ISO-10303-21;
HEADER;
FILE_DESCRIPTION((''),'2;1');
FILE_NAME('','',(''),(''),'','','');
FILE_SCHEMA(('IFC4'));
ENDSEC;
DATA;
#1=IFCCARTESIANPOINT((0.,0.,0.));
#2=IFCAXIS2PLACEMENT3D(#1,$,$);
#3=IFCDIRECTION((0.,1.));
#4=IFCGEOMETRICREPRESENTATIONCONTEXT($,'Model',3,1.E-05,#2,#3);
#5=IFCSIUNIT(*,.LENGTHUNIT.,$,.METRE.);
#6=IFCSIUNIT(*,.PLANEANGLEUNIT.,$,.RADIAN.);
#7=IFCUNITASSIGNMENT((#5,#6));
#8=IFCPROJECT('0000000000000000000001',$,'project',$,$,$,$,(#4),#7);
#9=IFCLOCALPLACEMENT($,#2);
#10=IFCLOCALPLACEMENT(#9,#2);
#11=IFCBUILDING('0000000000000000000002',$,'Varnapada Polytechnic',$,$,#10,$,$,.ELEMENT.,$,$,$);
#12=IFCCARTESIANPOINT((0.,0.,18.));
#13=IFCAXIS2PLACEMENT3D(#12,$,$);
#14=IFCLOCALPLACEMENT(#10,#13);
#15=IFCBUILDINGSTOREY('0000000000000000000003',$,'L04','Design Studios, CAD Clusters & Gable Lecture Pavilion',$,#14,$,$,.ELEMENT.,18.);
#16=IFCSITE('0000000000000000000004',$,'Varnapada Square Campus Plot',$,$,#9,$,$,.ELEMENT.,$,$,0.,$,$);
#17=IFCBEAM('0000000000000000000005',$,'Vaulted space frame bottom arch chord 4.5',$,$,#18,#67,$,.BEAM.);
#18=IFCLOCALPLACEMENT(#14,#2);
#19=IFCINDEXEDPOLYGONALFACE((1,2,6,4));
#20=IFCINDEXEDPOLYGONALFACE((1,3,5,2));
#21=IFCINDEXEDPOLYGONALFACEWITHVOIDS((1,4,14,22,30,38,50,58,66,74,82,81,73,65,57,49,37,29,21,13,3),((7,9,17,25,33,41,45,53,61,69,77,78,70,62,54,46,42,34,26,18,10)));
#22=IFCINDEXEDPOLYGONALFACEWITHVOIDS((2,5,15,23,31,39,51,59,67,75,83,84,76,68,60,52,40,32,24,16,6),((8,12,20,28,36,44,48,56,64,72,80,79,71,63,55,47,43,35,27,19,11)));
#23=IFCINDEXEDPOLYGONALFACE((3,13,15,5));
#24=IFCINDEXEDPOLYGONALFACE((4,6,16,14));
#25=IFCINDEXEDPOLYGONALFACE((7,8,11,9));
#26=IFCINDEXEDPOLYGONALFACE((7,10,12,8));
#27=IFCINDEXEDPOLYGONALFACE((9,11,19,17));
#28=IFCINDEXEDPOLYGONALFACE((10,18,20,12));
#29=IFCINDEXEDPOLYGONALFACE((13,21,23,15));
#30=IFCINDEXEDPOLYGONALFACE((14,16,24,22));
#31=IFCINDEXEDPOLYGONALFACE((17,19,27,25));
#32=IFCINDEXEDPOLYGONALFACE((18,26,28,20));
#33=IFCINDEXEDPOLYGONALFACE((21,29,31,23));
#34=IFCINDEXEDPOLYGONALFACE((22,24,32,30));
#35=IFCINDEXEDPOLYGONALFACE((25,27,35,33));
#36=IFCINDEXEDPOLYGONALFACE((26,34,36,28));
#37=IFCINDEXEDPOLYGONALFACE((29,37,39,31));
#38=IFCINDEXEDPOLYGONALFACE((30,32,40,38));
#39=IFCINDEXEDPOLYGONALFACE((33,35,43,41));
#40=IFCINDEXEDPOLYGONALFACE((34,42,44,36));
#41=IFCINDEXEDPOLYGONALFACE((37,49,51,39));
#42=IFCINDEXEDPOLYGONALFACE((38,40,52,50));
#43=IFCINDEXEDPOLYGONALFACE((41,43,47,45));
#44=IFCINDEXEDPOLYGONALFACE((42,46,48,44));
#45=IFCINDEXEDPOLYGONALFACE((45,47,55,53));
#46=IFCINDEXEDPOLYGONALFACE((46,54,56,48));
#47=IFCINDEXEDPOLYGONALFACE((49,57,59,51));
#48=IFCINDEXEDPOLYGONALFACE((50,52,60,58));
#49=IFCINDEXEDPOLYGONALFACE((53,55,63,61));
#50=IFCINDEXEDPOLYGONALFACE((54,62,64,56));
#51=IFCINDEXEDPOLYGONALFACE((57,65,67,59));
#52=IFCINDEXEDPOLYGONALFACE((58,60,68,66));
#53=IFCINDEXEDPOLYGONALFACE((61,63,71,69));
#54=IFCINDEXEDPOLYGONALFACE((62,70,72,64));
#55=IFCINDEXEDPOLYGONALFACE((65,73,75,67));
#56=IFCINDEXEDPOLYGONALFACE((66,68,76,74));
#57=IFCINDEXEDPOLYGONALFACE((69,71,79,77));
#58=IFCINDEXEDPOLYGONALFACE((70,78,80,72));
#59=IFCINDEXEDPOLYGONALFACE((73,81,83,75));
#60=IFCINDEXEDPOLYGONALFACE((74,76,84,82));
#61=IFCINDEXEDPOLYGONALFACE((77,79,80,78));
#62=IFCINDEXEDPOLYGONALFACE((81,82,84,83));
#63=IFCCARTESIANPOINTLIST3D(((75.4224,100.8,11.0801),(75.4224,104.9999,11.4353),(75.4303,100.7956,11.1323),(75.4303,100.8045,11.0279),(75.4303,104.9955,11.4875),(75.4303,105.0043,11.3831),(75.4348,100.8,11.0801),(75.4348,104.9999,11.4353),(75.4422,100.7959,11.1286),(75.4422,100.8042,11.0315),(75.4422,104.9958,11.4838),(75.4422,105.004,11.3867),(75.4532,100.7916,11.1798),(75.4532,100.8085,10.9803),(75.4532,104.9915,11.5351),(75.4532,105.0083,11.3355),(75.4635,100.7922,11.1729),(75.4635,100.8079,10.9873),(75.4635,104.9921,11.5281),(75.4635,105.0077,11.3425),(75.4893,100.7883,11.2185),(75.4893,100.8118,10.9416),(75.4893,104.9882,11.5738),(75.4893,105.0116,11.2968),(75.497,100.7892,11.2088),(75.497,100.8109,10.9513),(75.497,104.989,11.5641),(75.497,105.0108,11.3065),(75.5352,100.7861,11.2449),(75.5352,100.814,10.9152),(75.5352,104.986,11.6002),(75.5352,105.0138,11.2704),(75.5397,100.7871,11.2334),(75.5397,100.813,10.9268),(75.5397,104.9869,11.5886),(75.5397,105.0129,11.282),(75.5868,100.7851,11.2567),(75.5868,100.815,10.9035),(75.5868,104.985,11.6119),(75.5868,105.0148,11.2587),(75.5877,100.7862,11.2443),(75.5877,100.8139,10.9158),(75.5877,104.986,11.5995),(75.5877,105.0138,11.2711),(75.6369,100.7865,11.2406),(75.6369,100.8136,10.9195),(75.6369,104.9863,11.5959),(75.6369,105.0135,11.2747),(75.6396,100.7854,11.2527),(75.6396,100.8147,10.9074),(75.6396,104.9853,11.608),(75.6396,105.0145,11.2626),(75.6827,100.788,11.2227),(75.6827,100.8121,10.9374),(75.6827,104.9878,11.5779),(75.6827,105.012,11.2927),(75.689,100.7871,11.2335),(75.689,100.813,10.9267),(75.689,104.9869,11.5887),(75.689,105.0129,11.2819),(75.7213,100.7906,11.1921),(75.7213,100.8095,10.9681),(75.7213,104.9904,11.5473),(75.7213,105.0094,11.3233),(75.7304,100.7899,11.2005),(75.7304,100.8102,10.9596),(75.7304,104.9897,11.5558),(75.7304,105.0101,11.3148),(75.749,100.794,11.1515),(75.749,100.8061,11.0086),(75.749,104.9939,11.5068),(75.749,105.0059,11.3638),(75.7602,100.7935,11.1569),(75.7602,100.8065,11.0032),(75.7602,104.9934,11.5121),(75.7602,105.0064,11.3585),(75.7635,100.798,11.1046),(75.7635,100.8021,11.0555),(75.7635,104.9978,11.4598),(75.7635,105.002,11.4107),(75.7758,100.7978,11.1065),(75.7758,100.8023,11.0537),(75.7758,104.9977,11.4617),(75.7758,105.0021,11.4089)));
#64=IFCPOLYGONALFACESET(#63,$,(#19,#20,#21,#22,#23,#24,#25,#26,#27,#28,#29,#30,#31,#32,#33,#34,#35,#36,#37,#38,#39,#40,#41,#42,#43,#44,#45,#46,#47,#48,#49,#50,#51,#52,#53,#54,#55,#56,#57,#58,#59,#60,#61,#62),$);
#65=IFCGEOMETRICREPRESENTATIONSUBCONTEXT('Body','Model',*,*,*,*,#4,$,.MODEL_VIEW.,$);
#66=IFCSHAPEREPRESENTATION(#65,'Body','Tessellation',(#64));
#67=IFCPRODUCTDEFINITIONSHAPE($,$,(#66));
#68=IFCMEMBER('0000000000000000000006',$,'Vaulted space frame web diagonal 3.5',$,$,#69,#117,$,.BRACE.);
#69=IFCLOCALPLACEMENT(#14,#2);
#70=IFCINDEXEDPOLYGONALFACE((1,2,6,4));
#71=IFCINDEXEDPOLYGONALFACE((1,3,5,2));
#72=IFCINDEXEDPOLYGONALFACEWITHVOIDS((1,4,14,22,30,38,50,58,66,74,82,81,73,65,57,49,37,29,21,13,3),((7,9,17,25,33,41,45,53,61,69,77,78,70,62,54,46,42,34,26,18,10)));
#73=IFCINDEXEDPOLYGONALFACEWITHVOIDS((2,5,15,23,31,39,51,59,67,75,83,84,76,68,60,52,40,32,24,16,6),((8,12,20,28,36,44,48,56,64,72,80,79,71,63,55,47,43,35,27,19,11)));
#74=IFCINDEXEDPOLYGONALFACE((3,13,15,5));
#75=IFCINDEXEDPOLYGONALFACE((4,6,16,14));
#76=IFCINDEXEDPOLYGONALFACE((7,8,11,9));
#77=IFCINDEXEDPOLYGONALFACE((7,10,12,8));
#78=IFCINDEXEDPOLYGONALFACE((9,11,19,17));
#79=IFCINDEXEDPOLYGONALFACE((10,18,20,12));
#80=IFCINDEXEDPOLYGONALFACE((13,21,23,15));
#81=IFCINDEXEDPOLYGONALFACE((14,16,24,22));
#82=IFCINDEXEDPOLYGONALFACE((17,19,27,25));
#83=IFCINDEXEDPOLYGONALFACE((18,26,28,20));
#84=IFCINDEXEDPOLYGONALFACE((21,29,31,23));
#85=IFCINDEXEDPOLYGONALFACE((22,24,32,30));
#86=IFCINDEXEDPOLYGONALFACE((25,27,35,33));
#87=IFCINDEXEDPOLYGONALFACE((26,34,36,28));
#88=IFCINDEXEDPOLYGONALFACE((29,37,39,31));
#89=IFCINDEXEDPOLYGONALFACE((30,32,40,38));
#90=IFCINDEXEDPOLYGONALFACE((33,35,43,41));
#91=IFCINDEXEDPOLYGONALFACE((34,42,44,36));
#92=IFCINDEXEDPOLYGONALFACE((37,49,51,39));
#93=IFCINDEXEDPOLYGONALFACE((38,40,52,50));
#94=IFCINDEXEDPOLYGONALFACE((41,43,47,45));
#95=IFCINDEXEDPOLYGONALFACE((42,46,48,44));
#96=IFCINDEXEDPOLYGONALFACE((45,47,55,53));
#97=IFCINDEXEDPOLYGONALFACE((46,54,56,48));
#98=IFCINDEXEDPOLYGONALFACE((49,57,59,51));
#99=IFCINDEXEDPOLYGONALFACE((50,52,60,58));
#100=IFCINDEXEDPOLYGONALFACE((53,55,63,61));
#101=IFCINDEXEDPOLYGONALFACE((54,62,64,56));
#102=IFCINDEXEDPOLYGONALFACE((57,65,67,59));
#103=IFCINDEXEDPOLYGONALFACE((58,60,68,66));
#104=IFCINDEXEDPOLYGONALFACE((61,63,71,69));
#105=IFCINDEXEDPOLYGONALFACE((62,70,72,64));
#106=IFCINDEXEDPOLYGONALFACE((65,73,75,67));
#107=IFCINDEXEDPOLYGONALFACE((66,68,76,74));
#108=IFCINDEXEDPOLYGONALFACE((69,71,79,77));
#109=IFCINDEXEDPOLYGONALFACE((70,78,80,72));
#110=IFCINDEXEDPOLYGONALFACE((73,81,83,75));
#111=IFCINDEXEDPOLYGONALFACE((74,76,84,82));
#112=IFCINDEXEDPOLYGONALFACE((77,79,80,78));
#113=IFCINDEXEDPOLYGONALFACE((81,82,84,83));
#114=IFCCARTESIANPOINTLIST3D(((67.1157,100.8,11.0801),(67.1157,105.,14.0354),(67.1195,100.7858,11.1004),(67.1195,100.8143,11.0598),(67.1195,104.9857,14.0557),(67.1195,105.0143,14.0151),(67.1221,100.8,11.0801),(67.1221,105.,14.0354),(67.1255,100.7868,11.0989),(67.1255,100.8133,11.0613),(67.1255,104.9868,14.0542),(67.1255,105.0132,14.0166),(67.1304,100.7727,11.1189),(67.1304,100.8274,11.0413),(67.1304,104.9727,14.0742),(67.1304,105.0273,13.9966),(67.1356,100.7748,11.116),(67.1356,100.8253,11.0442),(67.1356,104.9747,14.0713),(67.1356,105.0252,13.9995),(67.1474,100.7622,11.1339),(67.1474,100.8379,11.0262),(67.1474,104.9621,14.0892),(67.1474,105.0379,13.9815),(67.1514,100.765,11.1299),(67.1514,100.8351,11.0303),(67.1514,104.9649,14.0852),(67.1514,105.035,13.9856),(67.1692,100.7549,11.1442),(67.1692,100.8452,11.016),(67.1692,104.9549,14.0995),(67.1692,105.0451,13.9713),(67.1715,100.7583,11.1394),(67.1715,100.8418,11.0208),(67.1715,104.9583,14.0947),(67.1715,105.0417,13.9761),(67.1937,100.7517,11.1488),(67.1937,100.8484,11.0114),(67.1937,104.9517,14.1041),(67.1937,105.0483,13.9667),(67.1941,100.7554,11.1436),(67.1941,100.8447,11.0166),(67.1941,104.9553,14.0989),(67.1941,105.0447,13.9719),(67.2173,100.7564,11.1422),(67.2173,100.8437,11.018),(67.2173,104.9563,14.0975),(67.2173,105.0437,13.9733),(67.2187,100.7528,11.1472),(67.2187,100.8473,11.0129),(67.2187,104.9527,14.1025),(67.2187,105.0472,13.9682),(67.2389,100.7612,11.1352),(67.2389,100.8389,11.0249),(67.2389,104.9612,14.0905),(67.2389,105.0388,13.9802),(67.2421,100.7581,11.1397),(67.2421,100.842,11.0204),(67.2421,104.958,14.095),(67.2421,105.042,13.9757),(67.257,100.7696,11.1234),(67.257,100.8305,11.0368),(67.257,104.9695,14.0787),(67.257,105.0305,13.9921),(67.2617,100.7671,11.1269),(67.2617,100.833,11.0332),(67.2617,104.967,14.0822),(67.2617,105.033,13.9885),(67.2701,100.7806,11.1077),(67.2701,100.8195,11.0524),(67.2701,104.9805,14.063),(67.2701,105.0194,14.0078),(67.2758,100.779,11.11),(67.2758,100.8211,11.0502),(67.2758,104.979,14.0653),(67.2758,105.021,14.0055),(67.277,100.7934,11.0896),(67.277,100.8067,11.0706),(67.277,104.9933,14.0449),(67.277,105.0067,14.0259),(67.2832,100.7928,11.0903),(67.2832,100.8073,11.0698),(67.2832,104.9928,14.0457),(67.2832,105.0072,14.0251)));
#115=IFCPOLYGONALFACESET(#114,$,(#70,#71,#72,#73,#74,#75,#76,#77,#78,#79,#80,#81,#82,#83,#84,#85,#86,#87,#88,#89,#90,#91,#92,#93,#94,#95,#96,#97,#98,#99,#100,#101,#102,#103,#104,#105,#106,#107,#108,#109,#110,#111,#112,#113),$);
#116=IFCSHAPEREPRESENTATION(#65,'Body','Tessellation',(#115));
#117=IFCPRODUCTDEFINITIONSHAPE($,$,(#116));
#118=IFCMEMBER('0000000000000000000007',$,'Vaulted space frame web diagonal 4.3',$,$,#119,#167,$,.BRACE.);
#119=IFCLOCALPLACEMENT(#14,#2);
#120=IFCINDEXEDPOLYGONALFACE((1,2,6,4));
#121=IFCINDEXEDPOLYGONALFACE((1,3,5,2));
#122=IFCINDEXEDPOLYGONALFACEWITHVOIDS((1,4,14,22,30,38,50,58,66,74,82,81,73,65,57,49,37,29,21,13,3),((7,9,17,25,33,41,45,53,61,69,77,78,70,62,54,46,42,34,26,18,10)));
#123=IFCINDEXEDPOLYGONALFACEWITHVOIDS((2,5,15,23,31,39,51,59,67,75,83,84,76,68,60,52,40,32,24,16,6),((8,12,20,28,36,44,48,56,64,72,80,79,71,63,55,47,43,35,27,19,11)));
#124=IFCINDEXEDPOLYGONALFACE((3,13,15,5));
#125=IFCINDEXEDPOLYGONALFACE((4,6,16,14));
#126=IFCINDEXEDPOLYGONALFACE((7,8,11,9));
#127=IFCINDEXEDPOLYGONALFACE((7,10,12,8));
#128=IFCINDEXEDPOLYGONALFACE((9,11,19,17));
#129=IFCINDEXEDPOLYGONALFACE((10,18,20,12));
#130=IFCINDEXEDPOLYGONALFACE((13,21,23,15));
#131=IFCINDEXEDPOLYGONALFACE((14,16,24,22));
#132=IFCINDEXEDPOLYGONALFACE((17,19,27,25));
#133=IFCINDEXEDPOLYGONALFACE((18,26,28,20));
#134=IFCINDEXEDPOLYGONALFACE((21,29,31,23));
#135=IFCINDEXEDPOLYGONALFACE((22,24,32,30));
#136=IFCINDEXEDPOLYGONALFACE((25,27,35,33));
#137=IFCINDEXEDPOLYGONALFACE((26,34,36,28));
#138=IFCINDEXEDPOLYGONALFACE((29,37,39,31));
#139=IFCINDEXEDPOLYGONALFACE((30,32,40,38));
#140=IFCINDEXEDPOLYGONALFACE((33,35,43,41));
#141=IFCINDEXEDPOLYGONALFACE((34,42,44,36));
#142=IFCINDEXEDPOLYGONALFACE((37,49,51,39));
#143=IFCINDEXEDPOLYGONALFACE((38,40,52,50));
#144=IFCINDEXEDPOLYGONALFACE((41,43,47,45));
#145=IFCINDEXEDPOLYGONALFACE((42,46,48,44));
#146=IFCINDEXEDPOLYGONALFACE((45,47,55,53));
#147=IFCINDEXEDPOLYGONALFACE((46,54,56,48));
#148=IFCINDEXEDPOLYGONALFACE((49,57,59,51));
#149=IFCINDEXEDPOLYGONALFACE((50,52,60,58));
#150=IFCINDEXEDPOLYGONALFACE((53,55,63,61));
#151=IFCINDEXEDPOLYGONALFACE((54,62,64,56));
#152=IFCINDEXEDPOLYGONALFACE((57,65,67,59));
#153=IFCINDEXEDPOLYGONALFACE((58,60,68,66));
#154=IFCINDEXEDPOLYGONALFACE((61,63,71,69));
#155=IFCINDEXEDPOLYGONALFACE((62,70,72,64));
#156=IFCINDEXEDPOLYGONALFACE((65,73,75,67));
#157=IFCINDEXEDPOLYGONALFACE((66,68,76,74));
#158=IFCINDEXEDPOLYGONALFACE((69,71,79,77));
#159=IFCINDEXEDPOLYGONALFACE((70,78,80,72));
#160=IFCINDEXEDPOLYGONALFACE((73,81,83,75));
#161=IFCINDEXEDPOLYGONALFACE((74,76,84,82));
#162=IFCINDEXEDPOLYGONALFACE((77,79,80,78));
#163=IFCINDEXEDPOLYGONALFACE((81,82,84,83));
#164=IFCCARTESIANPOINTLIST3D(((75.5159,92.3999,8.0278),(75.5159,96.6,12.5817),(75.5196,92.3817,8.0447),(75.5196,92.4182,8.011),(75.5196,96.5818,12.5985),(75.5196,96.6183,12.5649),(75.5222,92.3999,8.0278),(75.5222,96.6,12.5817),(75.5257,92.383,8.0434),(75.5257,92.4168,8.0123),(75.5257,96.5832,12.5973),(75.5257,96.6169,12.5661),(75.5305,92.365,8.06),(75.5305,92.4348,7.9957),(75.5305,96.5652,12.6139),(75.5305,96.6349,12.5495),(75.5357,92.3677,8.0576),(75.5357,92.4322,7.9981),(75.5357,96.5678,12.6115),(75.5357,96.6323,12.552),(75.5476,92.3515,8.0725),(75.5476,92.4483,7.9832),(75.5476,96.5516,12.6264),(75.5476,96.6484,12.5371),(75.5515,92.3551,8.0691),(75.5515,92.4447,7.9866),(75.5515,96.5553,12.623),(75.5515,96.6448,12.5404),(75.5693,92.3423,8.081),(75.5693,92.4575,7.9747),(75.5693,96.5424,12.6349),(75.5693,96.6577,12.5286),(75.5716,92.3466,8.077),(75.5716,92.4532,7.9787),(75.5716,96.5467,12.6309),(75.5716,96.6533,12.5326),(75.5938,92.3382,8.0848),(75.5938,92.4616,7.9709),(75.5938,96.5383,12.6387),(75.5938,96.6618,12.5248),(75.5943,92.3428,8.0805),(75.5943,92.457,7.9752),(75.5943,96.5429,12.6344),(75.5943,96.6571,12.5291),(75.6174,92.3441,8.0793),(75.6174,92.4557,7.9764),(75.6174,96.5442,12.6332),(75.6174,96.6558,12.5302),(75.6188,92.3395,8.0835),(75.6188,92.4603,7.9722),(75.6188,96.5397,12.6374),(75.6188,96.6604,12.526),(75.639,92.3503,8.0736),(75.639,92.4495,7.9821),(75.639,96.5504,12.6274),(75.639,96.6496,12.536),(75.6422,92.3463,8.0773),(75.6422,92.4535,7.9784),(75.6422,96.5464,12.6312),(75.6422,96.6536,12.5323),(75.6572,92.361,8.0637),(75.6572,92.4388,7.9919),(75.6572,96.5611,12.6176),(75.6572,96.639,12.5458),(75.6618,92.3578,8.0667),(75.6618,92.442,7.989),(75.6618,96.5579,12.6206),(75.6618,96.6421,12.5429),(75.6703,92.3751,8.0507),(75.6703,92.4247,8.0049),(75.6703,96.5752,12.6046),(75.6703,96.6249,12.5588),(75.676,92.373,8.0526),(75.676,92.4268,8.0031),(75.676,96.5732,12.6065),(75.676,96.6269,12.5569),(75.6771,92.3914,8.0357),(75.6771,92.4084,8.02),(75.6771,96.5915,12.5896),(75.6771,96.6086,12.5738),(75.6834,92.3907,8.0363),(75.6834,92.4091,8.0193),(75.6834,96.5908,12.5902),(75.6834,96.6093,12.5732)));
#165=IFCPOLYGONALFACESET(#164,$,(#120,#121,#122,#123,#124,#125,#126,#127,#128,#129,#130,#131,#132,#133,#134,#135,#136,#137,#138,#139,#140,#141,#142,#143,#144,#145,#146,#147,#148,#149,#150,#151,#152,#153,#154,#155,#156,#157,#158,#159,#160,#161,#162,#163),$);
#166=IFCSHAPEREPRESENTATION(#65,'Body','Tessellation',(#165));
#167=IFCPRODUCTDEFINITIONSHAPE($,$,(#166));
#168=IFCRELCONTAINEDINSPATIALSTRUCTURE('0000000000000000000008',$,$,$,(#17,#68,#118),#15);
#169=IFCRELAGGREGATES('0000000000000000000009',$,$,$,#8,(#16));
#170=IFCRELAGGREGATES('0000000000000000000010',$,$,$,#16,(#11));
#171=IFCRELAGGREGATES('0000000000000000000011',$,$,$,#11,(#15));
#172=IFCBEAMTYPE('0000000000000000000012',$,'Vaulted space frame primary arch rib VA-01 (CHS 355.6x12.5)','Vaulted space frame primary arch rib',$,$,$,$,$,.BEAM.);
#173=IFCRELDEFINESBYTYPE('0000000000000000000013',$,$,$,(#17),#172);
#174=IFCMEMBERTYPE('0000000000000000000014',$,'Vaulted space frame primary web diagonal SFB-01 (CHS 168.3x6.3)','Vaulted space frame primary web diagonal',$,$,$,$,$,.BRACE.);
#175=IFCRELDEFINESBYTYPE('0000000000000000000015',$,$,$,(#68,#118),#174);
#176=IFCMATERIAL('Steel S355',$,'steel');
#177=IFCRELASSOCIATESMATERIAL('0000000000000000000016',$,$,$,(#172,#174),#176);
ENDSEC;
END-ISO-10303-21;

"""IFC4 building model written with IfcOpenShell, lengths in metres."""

from ifc_helpers import new_model, si_unit, direction, frame, origin, origin_2d, place, context, subcontext, project, spatial, hollow_circle, extrude, material, material_profile, profile_set, type_object, element, save


model = new_model("IFC4")

# Units and contexts
model_context = context("Model", 3, precision=1e-05, world=origin(), true_north=direction((0.0, 1.0)))
body_context = subcontext(model_context, "Body", "Model", "MODEL_VIEW")
ifc_project = project(units=[si_unit("LENGTHUNIT", "METRE"), si_unit("PLANEANGLEUNIT", "RADIAN")], contexts=[model_context])

# Site, building, storey
site_placement = place(None, origin())
site = spatial("IfcSite", under=ifc_project, at=site_placement, Name="Varnapada Square Campus Plot", CompositionType="ELEMENT", RefElevation=0.0)
building_placement = place(site_placement, origin())
building = spatial("IfcBuilding", under=site, at=building_placement, Name="Varnapada Polytechnic", CompositionType="ELEMENT")
storey_placement = place(building_placement, frame((0.0, 0.0, 18.0)))
storey = spatial("IfcBuildingStorey", under=building, at=storey_placement, Name="L04", Description="Design Studios, CAD Clusters & Gable Lecture Pavilion", CompositionType="ELEMENT", Elevation=18.0)

# Shared definitions
ifc_material = material(Name="Steel S355", Category="steel")

# Beam
ifc_material_profile_1 = material_profile(ifc_material, hollow_circle(Radius=0.1777, WallThickness=0.0125, at=origin_2d()), Name="CHS 355.6x12.5")
ifc_profile_set_1 = profile_set([ifc_material_profile_1], Name="Steel S355")
beam_type_1 = type_object("IfcBeamType", Name="Vaulted space frame primary arch rib VA-01 (CHS 355.6x12.5)", Description="Vaulted space frame primary arch rib", PredefinedType="BEAM", material=ifc_profile_set_1)
beam_1_placement = place(storey_placement, frame((75.6001, 100.8, 11.0801), z_axis=(0.0, 0.996442, 0.084277), x_axis=(-1.0, 0.0, 0.0)))
element("IfcBeam", 1, at=beam_1_placement, inside=storey, type_object=beam_type_1, Name="Vaulted space frame bottom arch chord 4.5", PredefinedType="BEAM", context=body_context, shape_type="SweptSolid", body=[
    extrude(hollow_circle(Radius=0.1777, WallThickness=0.0125, at=origin_2d()), origin(), (0.0, 0.0, 1.0), 4.2148),
])

# Members
ifc_material_profile_2 = material_profile(ifc_material, hollow_circle(Radius=0.0842, WallThickness=0.0063, at=origin_2d()), Name="CHS 168.3x6.3")
ifc_profile_set_2 = profile_set([ifc_material_profile_2], Name="Steel S355")
member_type_1 = type_object("IfcMemberType", Name="Vaulted space frame primary web diagonal SFB-01 (CHS 168.3x6.3)", Description="Vaulted space frame primary web diagonal", PredefinedType="BRACE", material=ifc_profile_set_2)
member_1_placement = place(storey_placement, frame((67.2, 100.8, 11.0801), z_axis=(0.0, 0.817825, 0.575467), x_axis=(-1.0, 0.0, 0.0)))
element("IfcMember", 2, at=member_1_placement, inside=storey, type_object=member_type_1, Name="Vaulted space frame web diagonal 3.5", PredefinedType="BRACE", context=body_context, shape_type="SweptSolid", body=[
    extrude(hollow_circle(Radius=0.0842, WallThickness=0.0063, at=origin_2d()), origin(), (0.0, 0.0, 1.0), 5.1355),
])
member_2_placement = place(storey_placement, frame((75.6001, 92.3999, 8.0278), z_axis=(0.0, 0.677979, 0.735081), x_axis=(-1.0, 0.0, 0.0)))
element("IfcMember", 3, at=member_2_placement, inside=storey, type_object=member_type_1, Name="Vaulted space frame web diagonal 4.3", PredefinedType="BRACE", context=body_context, shape_type="SweptSolid", body=[
    extrude(hollow_circle(Radius=0.0842, WallThickness=0.0063, at=origin_2d()), origin(), (0.0, 0.0, 1.0), 6.1951),
])

save(model, "model.ifc")
